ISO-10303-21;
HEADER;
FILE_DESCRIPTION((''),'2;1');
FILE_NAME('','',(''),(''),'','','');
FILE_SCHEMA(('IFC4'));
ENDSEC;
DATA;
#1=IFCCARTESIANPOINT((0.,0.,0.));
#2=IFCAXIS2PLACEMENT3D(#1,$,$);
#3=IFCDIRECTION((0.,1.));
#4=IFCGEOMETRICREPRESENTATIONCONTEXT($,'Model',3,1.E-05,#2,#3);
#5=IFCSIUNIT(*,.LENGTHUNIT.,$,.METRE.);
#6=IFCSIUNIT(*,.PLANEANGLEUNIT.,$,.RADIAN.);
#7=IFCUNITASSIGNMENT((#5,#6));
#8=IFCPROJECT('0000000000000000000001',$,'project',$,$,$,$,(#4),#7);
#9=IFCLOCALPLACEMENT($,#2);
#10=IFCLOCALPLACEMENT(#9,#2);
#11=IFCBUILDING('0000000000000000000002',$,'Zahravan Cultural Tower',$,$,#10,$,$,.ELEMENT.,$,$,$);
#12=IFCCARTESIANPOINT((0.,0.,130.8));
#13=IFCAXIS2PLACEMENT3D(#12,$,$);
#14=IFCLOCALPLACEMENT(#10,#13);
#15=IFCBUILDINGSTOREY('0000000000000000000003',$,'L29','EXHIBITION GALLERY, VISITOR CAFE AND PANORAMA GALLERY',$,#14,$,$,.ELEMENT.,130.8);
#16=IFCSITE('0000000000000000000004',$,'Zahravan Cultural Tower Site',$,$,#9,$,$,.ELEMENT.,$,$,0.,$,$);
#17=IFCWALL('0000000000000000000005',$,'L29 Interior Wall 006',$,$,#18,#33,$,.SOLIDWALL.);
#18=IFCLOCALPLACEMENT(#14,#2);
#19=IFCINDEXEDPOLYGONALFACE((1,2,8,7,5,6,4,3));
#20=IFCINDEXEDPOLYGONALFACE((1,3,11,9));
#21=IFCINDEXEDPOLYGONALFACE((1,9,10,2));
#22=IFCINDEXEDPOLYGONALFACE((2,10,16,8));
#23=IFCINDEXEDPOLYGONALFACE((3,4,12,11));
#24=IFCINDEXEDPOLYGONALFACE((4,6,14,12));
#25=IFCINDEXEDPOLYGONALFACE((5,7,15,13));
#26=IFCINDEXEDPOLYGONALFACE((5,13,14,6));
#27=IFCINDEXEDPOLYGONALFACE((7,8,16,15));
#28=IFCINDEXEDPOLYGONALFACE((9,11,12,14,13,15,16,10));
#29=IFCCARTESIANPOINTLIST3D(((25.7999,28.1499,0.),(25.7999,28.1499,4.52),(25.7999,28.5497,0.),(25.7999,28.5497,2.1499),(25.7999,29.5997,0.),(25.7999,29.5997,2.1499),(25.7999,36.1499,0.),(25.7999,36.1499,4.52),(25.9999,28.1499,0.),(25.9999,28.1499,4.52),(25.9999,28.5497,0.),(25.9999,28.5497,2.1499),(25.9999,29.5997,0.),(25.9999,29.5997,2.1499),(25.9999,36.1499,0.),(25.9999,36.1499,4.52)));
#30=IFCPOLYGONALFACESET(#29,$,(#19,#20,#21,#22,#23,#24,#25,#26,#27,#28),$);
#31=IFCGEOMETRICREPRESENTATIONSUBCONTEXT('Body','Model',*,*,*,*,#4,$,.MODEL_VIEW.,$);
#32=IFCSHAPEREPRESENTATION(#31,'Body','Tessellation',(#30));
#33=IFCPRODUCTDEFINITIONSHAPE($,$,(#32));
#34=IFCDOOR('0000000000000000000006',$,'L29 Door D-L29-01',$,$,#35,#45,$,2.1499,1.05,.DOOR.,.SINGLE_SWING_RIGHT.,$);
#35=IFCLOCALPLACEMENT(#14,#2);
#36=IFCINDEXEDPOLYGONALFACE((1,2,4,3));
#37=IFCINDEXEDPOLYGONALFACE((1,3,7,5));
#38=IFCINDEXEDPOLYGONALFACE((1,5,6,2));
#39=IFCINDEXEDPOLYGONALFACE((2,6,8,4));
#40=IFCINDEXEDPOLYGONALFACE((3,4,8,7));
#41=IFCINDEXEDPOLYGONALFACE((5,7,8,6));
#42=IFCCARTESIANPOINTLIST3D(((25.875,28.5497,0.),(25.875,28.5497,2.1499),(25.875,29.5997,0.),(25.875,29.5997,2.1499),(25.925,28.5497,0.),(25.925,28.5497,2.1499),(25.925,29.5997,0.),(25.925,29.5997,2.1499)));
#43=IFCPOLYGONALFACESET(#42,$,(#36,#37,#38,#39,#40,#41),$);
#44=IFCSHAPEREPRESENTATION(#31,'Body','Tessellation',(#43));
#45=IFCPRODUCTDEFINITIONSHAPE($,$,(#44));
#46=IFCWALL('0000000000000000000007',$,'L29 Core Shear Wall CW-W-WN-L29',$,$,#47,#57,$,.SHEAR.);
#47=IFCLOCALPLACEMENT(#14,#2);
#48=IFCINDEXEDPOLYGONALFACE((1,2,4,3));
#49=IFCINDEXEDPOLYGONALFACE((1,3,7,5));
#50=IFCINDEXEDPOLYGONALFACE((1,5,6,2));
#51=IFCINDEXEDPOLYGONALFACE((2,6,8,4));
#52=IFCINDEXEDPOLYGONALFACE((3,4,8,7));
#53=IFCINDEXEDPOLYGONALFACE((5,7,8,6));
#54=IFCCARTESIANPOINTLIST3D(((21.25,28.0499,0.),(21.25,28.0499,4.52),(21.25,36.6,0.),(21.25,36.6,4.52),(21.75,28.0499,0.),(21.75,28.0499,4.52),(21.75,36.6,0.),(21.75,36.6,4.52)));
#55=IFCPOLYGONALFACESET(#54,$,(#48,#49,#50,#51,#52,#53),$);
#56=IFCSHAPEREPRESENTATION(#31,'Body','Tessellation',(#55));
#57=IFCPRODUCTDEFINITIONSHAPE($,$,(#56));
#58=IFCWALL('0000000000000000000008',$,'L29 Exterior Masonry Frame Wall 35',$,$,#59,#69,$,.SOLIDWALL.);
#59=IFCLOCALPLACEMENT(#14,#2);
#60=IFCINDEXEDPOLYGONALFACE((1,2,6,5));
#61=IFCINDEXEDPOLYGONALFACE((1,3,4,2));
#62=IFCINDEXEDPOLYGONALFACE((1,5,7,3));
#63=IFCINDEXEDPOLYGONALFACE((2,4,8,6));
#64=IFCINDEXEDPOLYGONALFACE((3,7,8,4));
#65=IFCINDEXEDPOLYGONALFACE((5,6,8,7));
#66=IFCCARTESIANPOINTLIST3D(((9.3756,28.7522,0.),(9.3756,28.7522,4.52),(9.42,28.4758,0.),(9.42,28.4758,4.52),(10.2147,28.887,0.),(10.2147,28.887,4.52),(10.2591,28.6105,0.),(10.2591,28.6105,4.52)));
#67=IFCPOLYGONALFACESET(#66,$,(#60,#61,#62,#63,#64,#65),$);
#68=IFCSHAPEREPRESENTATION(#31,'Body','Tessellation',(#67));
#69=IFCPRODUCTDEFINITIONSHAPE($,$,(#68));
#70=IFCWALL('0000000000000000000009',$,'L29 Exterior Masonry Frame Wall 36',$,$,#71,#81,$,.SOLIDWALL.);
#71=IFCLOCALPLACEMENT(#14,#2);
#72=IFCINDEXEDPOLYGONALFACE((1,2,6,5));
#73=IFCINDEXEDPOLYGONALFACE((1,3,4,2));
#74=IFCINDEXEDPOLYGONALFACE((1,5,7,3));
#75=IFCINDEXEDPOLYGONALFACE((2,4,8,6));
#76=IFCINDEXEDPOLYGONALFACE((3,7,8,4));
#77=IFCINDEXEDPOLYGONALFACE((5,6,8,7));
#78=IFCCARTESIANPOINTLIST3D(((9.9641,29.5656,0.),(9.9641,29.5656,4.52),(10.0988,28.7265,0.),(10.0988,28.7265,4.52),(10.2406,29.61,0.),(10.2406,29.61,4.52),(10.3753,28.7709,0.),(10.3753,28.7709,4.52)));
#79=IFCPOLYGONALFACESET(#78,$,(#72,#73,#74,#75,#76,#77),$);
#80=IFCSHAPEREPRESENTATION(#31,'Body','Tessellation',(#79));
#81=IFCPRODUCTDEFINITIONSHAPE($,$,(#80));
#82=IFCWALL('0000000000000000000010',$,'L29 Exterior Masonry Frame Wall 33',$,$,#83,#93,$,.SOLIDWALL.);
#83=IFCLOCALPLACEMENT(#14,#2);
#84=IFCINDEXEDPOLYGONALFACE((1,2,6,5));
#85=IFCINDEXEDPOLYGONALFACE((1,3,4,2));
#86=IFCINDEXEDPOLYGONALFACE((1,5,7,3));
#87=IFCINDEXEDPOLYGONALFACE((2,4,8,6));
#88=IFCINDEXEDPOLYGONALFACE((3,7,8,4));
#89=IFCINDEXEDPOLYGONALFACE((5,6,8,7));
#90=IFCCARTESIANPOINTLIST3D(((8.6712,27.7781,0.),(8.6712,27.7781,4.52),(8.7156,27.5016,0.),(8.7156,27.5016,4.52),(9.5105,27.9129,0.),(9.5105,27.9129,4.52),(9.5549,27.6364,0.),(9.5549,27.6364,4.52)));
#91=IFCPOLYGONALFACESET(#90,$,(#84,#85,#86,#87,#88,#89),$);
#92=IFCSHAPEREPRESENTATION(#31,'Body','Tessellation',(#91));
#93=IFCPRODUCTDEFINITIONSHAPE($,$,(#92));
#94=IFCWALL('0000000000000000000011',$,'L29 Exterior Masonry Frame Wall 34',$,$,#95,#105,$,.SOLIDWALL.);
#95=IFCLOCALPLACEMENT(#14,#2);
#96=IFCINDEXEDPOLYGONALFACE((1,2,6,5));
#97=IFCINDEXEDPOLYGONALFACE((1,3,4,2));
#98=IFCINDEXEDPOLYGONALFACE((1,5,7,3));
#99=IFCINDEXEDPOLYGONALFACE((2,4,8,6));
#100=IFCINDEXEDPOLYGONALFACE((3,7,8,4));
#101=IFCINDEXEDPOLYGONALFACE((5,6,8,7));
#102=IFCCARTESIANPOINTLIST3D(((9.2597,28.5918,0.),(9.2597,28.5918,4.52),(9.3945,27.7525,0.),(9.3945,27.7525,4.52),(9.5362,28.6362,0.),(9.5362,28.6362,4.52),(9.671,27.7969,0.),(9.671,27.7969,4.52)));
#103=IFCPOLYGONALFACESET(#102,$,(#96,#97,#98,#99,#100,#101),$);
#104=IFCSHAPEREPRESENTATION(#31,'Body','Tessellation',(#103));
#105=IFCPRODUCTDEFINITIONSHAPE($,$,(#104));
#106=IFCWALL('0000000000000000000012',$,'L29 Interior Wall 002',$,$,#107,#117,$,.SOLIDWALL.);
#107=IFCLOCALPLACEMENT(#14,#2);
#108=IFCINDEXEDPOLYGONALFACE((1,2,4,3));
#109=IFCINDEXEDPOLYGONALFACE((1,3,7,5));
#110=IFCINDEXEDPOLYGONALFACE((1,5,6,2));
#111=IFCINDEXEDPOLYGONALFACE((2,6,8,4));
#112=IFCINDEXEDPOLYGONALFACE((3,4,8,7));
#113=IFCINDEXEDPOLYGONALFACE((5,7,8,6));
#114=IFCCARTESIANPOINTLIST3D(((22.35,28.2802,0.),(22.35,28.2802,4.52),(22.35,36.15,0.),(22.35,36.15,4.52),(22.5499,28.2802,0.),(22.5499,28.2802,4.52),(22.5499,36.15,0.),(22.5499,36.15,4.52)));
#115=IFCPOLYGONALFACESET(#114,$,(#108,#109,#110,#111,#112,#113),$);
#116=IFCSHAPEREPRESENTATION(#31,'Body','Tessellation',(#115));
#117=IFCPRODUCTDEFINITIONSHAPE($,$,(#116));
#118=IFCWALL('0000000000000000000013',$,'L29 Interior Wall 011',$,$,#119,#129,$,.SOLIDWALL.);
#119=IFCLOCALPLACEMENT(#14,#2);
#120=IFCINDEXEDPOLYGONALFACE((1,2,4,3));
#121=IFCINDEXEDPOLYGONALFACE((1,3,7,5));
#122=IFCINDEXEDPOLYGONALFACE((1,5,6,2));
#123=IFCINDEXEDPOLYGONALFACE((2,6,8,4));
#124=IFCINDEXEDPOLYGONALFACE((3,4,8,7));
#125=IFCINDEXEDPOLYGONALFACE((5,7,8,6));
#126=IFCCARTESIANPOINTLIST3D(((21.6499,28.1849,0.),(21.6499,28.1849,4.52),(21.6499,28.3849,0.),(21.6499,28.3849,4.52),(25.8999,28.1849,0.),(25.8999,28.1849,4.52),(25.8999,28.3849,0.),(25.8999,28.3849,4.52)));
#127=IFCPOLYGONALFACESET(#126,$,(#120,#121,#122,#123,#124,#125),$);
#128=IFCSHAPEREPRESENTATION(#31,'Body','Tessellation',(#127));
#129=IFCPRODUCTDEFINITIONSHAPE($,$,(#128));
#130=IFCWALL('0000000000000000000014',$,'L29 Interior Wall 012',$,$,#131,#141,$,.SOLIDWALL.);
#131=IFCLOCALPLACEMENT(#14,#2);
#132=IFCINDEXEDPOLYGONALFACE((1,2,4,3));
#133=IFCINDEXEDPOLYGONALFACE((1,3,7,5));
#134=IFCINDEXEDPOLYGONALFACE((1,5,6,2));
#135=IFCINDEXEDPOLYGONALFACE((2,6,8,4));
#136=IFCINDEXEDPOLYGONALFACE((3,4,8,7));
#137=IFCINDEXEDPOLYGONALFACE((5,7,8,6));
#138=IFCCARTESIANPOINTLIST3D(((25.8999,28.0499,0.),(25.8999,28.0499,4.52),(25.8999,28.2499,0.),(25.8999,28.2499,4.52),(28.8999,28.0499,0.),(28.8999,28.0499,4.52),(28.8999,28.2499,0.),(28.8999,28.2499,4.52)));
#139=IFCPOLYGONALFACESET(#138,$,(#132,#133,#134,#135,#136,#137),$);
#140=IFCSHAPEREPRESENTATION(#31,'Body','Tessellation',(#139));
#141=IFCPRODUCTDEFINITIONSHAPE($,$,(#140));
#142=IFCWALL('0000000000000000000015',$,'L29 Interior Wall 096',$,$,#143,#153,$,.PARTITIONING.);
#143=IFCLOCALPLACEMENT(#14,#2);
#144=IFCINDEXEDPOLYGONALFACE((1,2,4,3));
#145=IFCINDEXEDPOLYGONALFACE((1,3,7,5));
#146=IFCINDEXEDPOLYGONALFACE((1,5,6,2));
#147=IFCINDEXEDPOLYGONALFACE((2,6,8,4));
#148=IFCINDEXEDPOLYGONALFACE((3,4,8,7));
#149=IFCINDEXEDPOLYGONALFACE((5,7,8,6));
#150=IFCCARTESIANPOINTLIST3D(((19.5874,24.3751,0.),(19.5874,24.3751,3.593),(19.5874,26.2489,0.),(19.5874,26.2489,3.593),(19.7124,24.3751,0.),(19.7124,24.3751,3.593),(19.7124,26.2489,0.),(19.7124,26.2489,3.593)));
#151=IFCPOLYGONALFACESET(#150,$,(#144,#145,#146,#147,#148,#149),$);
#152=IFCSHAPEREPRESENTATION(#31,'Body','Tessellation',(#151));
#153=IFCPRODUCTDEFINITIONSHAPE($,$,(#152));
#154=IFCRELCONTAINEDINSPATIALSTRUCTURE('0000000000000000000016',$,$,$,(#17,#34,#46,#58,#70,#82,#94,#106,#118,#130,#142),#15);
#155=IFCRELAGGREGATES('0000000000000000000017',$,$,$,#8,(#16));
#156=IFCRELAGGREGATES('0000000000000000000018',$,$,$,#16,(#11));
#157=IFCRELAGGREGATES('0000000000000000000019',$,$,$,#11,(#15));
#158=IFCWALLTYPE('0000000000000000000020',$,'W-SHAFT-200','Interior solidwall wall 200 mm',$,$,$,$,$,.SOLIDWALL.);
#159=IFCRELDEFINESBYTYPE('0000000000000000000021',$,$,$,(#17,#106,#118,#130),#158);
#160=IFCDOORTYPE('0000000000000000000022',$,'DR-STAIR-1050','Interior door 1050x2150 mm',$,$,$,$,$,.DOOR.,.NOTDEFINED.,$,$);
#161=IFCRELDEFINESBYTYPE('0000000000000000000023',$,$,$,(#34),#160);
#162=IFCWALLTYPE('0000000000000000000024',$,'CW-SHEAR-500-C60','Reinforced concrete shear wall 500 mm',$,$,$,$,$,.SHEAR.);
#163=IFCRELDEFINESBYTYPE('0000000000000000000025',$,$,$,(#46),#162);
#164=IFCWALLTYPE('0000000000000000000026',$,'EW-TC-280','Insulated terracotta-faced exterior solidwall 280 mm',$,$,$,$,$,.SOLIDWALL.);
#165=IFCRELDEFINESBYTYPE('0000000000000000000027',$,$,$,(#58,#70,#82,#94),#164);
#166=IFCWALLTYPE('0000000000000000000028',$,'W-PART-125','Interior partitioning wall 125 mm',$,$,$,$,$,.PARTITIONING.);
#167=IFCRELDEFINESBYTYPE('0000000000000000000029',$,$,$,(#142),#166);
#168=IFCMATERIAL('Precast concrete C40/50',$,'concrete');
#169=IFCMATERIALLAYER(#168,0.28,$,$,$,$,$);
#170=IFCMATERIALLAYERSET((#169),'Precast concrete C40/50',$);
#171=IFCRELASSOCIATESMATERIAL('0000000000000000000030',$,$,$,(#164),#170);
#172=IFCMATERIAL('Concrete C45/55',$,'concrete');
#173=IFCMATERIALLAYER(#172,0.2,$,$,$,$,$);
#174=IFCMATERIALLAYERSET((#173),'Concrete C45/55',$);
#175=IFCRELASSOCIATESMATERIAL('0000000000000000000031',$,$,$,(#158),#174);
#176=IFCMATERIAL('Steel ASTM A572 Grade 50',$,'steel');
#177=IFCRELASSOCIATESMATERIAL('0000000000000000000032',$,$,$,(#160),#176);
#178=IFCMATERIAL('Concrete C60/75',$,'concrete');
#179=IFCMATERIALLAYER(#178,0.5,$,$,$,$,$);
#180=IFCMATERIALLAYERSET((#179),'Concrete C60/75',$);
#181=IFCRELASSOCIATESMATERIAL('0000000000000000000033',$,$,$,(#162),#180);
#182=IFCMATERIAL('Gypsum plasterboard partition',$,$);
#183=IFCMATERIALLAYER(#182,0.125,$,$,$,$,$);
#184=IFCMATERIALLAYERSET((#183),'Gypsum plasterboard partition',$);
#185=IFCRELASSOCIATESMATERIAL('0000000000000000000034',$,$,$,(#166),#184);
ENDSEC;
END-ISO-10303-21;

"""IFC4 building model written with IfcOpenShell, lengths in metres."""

from ifc_helpers import new_model, si_unit, direction, frame, frame_2d, origin, place, context, subcontext, project, spatial, rectangle, extrude, source, transform, mapped, material, layer, layer_set, type_object, element, fill, save


model = new_model("IFC4")

# Units and contexts
model_context = context("Model", 3, precision=1e-05, world=origin(), true_north=direction((0.0, 1.0)))
body_context = subcontext(model_context, "Body", "Model", "MODEL_VIEW")
ifc_project = project(units=[si_unit("LENGTHUNIT", "METRE"), si_unit("PLANEANGLEUNIT", "RADIAN")], contexts=[model_context])

# Site, building, storey
site_placement = place(None, origin())
site = spatial("IfcSite", under=ifc_project, at=site_placement, Name="Zahravan Cultural Tower Site", CompositionType="ELEMENT", RefElevation=0.0)
building_placement = place(site_placement, origin())
building = spatial("IfcBuilding", under=site, at=building_placement, Name="Zahravan Cultural Tower", CompositionType="ELEMENT")
storey_placement = place(building_placement, frame((0.0, 0.0, 130.8)))
storey = spatial("IfcBuildingStorey", under=building, at=storey_placement, Name="L29", Description="EXHIBITION GALLERY, VISITOR CAFE AND PANORAMA GALLERY", CompositionType="ELEMENT", Elevation=130.8)

# Shared definitions
ifc_material_1 = material(Name="Steel ASTM A572 Grade 50", Category="steel")

# Shared definitions
ifc_material_2 = material(Name="Precast concrete C40/50", Category="concrete")
ifc_layer_1 = layer(ifc_material_2, 0.28)
ifc_layer_set_1 = layer_set([ifc_layer_1], Name="Precast concrete C40/50")
wall_type_1 = type_object("IfcWallType", Name="EW-TC-280", Description="Insulated terracotta-faced exterior solidwall 280 mm", PredefinedType="SOLIDWALL", material=ifc_layer_set_1)

# Wall, opening, door
ifc_material_3 = material(Name="Concrete C45/55", Category="concrete")
ifc_layer_2 = layer(ifc_material_3, 0.2)
ifc_layer_set_2 = layer_set([ifc_layer_2], Name="Concrete C45/55")
wall_type_2 = type_object("IfcWallType", Name="W-SHAFT-200", Description="Interior solidwall wall 200 mm", PredefinedType="SOLIDWALL", material=ifc_layer_set_2)
wall_1_placement = place(storey_placement, frame((25.8999, 28.1499, 0.0), z_axis=(0.0, 0.0, 1.0), x_axis=(0.0, 1.0, 0.0)))
wall_1 = element("IfcWall", 1, at=wall_1_placement, inside=storey, type_object=wall_type_2, Name="L29 Interior Wall 006", PredefinedType="SOLIDWALL", context=body_context, shape_type="SweptSolid", body=[
    extrude(rectangle(XDim=8.0, YDim=0.2, at=frame_2d((4.0, 0.0))), origin(), (0.0, 0.0, 1.0), 4.52),
])
opening_1_placement = place(wall_1_placement, frame((0.3999, 0.0, 0.0)))
opening_1 = element("IfcOpeningElement", 2, at=opening_1_placement, cuts=wall_1, PredefinedType="OPENING", context=body_context, shape_type="SweptSolid", body=[
    extrude(rectangle(XDim=1.05, YDim=2.1499, at=frame_2d((0.5249, 1.075))), frame((0.0, 0.1099, 0.0), z_axis=(0.0, -1.0, 0.0), x_axis=(1.0, 0.0, 0.0)), (0.0, 0.0, 1.0), 0.22),
])
door_type = type_object("IfcDoorType", Name="DR-STAIR-1050", Description="Interior door 1050x2150 mm", OperationType="NOTDEFINED", PredefinedType="DOOR", material=ifc_material_1)
shared_shape_1 = source(origin(), body_context, "Body", "SweptSolid", [
    extrude(rectangle(XDim=1.05, YDim=2.1499, at=frame_2d((0.5249, 1.075))), frame((0.0, 0.0249, 0.0), z_axis=(0.0, -1.0, 0.0), x_axis=(1.0, 0.0, 0.0)), (0.0, 0.0, 1.0), 0.05),
])
door_placement = place(opening_1_placement, origin())
door = element("IfcDoor", 3, at=door_placement, inside=storey, type_object=door_type, Name="L29 Door D-L29-01", OperationType="SINGLE_SWING_RIGHT", OverallHeight=2.1499, OverallWidth=1.05, PredefinedType="DOOR", context=body_context, shape_type="MappedRepresentation", body=[
    mapped(shared_shape_1, transform((0.0, 0.0, 0.0), x_axis=(1.0, 0.0, 0.0), y_axis=(0.0, 1.0, 0.0), z_axis=(0.0, 0.0, 1.0), scale=1.0)),
])
fill(opening_1, door)

# Walls
ifc_material_4 = material(Name="Concrete C60/75", Category="concrete")
ifc_layer_3 = layer(ifc_material_4, 0.5)
ifc_layer_set_3 = layer_set([ifc_layer_3], Name="Concrete C60/75")
wall_type_3 = type_object("IfcWallType", Name="CW-SHEAR-500-C60", Description="Reinforced concrete shear wall 500 mm", PredefinedType="SHEAR", material=ifc_layer_set_3)
shared_shape_2 = source(origin(), body_context, "Body", "SweptSolid", [
    extrude(rectangle(XDim=8.55, YDim=0.5, at=frame_2d((4.2749, 0.0))), origin(), (0.0, 0.0, 1.0), 4.52),
])
wall_2_placement = place(storey_placement, frame((21.5, 28.05, 0.0), z_axis=(0.0, 0.0, 1.0), x_axis=(0.0, 1.0, 0.0)))
element("IfcWall", 4, at=wall_2_placement, inside=storey, type_object=wall_type_3, Name="L29 Core Shear Wall CW-W-WN-L29", PredefinedType="SHEAR", context=body_context, shape_type="MappedRepresentation", body=[
    mapped(shared_shape_2, transform((0.0, 0.0, 0.0), x_axis=(1.0, 0.0, 0.0), y_axis=(0.0, 1.0, 0.0), z_axis=(0.0, 0.0, 1.0), scale=1.0)),
])
shared_shape_3 = source(origin(), body_context, "Body", "SweptSolid", [
    extrude(rectangle(XDim=0.8499, YDim=0.28, at=frame_2d((0.4248, 0.0))), origin(), (0.0, 0.0, 1.0), 4.52),
])
for number, where, z_axis, x_axis, name in (
    (5, (9.3979, 28.614, 0.0), (0.0, 0.0, 1.0), (0.987347, 0.158573, 0.0), "L29 Exterior Masonry Frame Wall 35"),
    (6, (10.2371, 28.7488, 0.0), (0.0, 0.0, 1.0), (-0.158573, 0.987347, 0.0), "L29 Exterior Masonry Frame Wall 36"),
):
    element("IfcWall", number, at=place(storey_placement, frame(where, z_axis=z_axis, x_axis=x_axis)), inside=storey, type_object=wall_type_1, Name=name, PredefinedType="SOLIDWALL", context=body_context, shape_type="MappedRepresentation", body=[
        mapped(shared_shape_3, transform((0.0, 0.0, 0.0), x_axis=(1.0, 0.0, 0.0), y_axis=(0.0, 1.0, 0.0), z_axis=(0.0, 0.0, 1.0), scale=1.0)),
    ])
shared_shape_4 = source(origin(), body_context, "Body", "SweptSolid", [
    extrude(rectangle(XDim=0.8501, YDim=0.28, at=frame_2d((0.425, 0.0))), origin(), (0.0, 0.0, 1.0), 4.52),
])
for number, where, z_axis, x_axis, name in (
    (7, (8.6934, 27.6399, 0.0), (0.0, 0.0, 1.0), (0.987354, 0.158528, 0.0), "L29 Exterior Masonry Frame Wall 33"),
    (8, (9.5327, 27.7747, 0.0), (0.0, 0.0, 1.0), (-0.158528, 0.987354, 0.0), "L29 Exterior Masonry Frame Wall 34"),
):
    element("IfcWall", number, at=place(storey_placement, frame(where, z_axis=z_axis, x_axis=x_axis)), inside=storey, type_object=wall_type_1, Name=name, PredefinedType="SOLIDWALL", context=body_context, shape_type="MappedRepresentation", body=[
        mapped(shared_shape_4, transform((0.0, 0.0, 0.0), x_axis=(1.0, 0.0, 0.0), y_axis=(0.0, 1.0, 0.0), z_axis=(0.0, 0.0, 1.0), scale=1.0)),
    ])
shared_shape_5 = source(origin(), body_context, "Body", "SweptSolid", [
    extrude(rectangle(XDim=7.8699, YDim=0.2, at=frame_2d((3.9351, 0.0))), origin(), (0.0, 0.0, 1.0), 4.52),
])
wall_3_placement = place(storey_placement, frame((22.45, 28.28, 0.0), z_axis=(0.0, 0.0, 1.0), x_axis=(0.0, 1.0, 0.0)))
element("IfcWall", 9, at=wall_3_placement, inside=storey, type_object=wall_type_2, Name="L29 Interior Wall 002", PredefinedType="SOLIDWALL", context=body_context, shape_type="MappedRepresentation", body=[
    mapped(shared_shape_5, transform((0.0, 0.0, 0.0), x_axis=(1.0, 0.0, 0.0), y_axis=(0.0, 1.0, 0.0), z_axis=(0.0, 0.0, 1.0), scale=1.0)),
])
shared_shape_6 = source(origin(), body_context, "Body", "SweptSolid", [
    extrude(rectangle(XDim=4.25, YDim=0.2, at=frame_2d((2.125, 0.0))), origin(), (0.0, 0.0, 1.0), 4.52),
])
wall_4_placement = place(storey_placement, frame((21.6499, 28.2849, 0.0), z_axis=(0.0, 0.0, 1.0), x_axis=(1.0, 0.0, 0.0)))
element("IfcWall", 10, at=wall_4_placement, inside=storey, type_object=wall_type_2, Name="L29 Interior Wall 011", PredefinedType="SOLIDWALL", context=body_context, shape_type="MappedRepresentation", body=[
    mapped(shared_shape_6, transform((0.0, 0.0, 0.0), x_axis=(1.0, 0.0, 0.0), y_axis=(0.0, 1.0, 0.0), z_axis=(0.0, 0.0, 1.0), scale=1.0)),
])
shared_shape_7 = source(origin(), body_context, "Body", "SweptSolid", [
    extrude(rectangle(XDim=3.0, YDim=0.2, at=frame_2d((1.5, 0.0))), origin(), (0.0, 0.0, 1.0), 4.52),
])
wall_5_placement = place(storey_placement, frame((25.8999, 28.1499, 0.0), z_axis=(0.0, 0.0, 1.0), x_axis=(1.0, 0.0, 0.0)))
element("IfcWall", 11, at=wall_5_placement, inside=storey, type_object=wall_type_2, Name="L29 Interior Wall 012", PredefinedType="SOLIDWALL", context=body_context, shape_type="MappedRepresentation", body=[
    mapped(shared_shape_7, transform((0.0, 0.0, 0.0), x_axis=(1.0, 0.0, 0.0), y_axis=(0.0, 1.0, 0.0), z_axis=(0.0, 0.0, 1.0), scale=1.0)),
])
ifc_material_5 = material(Name="Gypsum plasterboard partition")
ifc_layer_4 = layer(ifc_material_5, 0.125)
ifc_layer_set_4 = layer_set([ifc_layer_4], Name="Gypsum plasterboard partition")
wall_type_4 = type_object("IfcWallType", Name="W-PART-125", Description="Interior partitioning wall 125 mm", PredefinedType="PARTITIONING", material=ifc_layer_set_4)
shared_shape_8 = source(origin(), body_context, "Body", "SweptSolid", [
    extrude(rectangle(XDim=1.8738, YDim=0.125, at=frame_2d((0.937, 0.0))), origin(), (0.0, 0.0, 1.0), 3.593),
])
wall_6_placement = place(storey_placement, frame((19.6499, 26.249, 0.0), z_axis=(0.0, 0.0, 1.0), x_axis=(0.0, -1.0, 0.0)))
element("IfcWall", 12, at=wall_6_placement, inside=storey, type_object=wall_type_4, Name="L29 Interior Wall 096", PredefinedType="PARTITIONING", context=body_context, shape_type="MappedRepresentation", body=[
    mapped(shared_shape_8, transform((0.0, 0.0, 0.0), x_axis=(1.0, 0.0, 0.0), y_axis=(0.0, 1.0, 0.0), z_axis=(0.0, 0.0, 1.0), scale=1.0)),
])

save(model, "model.ifc")
